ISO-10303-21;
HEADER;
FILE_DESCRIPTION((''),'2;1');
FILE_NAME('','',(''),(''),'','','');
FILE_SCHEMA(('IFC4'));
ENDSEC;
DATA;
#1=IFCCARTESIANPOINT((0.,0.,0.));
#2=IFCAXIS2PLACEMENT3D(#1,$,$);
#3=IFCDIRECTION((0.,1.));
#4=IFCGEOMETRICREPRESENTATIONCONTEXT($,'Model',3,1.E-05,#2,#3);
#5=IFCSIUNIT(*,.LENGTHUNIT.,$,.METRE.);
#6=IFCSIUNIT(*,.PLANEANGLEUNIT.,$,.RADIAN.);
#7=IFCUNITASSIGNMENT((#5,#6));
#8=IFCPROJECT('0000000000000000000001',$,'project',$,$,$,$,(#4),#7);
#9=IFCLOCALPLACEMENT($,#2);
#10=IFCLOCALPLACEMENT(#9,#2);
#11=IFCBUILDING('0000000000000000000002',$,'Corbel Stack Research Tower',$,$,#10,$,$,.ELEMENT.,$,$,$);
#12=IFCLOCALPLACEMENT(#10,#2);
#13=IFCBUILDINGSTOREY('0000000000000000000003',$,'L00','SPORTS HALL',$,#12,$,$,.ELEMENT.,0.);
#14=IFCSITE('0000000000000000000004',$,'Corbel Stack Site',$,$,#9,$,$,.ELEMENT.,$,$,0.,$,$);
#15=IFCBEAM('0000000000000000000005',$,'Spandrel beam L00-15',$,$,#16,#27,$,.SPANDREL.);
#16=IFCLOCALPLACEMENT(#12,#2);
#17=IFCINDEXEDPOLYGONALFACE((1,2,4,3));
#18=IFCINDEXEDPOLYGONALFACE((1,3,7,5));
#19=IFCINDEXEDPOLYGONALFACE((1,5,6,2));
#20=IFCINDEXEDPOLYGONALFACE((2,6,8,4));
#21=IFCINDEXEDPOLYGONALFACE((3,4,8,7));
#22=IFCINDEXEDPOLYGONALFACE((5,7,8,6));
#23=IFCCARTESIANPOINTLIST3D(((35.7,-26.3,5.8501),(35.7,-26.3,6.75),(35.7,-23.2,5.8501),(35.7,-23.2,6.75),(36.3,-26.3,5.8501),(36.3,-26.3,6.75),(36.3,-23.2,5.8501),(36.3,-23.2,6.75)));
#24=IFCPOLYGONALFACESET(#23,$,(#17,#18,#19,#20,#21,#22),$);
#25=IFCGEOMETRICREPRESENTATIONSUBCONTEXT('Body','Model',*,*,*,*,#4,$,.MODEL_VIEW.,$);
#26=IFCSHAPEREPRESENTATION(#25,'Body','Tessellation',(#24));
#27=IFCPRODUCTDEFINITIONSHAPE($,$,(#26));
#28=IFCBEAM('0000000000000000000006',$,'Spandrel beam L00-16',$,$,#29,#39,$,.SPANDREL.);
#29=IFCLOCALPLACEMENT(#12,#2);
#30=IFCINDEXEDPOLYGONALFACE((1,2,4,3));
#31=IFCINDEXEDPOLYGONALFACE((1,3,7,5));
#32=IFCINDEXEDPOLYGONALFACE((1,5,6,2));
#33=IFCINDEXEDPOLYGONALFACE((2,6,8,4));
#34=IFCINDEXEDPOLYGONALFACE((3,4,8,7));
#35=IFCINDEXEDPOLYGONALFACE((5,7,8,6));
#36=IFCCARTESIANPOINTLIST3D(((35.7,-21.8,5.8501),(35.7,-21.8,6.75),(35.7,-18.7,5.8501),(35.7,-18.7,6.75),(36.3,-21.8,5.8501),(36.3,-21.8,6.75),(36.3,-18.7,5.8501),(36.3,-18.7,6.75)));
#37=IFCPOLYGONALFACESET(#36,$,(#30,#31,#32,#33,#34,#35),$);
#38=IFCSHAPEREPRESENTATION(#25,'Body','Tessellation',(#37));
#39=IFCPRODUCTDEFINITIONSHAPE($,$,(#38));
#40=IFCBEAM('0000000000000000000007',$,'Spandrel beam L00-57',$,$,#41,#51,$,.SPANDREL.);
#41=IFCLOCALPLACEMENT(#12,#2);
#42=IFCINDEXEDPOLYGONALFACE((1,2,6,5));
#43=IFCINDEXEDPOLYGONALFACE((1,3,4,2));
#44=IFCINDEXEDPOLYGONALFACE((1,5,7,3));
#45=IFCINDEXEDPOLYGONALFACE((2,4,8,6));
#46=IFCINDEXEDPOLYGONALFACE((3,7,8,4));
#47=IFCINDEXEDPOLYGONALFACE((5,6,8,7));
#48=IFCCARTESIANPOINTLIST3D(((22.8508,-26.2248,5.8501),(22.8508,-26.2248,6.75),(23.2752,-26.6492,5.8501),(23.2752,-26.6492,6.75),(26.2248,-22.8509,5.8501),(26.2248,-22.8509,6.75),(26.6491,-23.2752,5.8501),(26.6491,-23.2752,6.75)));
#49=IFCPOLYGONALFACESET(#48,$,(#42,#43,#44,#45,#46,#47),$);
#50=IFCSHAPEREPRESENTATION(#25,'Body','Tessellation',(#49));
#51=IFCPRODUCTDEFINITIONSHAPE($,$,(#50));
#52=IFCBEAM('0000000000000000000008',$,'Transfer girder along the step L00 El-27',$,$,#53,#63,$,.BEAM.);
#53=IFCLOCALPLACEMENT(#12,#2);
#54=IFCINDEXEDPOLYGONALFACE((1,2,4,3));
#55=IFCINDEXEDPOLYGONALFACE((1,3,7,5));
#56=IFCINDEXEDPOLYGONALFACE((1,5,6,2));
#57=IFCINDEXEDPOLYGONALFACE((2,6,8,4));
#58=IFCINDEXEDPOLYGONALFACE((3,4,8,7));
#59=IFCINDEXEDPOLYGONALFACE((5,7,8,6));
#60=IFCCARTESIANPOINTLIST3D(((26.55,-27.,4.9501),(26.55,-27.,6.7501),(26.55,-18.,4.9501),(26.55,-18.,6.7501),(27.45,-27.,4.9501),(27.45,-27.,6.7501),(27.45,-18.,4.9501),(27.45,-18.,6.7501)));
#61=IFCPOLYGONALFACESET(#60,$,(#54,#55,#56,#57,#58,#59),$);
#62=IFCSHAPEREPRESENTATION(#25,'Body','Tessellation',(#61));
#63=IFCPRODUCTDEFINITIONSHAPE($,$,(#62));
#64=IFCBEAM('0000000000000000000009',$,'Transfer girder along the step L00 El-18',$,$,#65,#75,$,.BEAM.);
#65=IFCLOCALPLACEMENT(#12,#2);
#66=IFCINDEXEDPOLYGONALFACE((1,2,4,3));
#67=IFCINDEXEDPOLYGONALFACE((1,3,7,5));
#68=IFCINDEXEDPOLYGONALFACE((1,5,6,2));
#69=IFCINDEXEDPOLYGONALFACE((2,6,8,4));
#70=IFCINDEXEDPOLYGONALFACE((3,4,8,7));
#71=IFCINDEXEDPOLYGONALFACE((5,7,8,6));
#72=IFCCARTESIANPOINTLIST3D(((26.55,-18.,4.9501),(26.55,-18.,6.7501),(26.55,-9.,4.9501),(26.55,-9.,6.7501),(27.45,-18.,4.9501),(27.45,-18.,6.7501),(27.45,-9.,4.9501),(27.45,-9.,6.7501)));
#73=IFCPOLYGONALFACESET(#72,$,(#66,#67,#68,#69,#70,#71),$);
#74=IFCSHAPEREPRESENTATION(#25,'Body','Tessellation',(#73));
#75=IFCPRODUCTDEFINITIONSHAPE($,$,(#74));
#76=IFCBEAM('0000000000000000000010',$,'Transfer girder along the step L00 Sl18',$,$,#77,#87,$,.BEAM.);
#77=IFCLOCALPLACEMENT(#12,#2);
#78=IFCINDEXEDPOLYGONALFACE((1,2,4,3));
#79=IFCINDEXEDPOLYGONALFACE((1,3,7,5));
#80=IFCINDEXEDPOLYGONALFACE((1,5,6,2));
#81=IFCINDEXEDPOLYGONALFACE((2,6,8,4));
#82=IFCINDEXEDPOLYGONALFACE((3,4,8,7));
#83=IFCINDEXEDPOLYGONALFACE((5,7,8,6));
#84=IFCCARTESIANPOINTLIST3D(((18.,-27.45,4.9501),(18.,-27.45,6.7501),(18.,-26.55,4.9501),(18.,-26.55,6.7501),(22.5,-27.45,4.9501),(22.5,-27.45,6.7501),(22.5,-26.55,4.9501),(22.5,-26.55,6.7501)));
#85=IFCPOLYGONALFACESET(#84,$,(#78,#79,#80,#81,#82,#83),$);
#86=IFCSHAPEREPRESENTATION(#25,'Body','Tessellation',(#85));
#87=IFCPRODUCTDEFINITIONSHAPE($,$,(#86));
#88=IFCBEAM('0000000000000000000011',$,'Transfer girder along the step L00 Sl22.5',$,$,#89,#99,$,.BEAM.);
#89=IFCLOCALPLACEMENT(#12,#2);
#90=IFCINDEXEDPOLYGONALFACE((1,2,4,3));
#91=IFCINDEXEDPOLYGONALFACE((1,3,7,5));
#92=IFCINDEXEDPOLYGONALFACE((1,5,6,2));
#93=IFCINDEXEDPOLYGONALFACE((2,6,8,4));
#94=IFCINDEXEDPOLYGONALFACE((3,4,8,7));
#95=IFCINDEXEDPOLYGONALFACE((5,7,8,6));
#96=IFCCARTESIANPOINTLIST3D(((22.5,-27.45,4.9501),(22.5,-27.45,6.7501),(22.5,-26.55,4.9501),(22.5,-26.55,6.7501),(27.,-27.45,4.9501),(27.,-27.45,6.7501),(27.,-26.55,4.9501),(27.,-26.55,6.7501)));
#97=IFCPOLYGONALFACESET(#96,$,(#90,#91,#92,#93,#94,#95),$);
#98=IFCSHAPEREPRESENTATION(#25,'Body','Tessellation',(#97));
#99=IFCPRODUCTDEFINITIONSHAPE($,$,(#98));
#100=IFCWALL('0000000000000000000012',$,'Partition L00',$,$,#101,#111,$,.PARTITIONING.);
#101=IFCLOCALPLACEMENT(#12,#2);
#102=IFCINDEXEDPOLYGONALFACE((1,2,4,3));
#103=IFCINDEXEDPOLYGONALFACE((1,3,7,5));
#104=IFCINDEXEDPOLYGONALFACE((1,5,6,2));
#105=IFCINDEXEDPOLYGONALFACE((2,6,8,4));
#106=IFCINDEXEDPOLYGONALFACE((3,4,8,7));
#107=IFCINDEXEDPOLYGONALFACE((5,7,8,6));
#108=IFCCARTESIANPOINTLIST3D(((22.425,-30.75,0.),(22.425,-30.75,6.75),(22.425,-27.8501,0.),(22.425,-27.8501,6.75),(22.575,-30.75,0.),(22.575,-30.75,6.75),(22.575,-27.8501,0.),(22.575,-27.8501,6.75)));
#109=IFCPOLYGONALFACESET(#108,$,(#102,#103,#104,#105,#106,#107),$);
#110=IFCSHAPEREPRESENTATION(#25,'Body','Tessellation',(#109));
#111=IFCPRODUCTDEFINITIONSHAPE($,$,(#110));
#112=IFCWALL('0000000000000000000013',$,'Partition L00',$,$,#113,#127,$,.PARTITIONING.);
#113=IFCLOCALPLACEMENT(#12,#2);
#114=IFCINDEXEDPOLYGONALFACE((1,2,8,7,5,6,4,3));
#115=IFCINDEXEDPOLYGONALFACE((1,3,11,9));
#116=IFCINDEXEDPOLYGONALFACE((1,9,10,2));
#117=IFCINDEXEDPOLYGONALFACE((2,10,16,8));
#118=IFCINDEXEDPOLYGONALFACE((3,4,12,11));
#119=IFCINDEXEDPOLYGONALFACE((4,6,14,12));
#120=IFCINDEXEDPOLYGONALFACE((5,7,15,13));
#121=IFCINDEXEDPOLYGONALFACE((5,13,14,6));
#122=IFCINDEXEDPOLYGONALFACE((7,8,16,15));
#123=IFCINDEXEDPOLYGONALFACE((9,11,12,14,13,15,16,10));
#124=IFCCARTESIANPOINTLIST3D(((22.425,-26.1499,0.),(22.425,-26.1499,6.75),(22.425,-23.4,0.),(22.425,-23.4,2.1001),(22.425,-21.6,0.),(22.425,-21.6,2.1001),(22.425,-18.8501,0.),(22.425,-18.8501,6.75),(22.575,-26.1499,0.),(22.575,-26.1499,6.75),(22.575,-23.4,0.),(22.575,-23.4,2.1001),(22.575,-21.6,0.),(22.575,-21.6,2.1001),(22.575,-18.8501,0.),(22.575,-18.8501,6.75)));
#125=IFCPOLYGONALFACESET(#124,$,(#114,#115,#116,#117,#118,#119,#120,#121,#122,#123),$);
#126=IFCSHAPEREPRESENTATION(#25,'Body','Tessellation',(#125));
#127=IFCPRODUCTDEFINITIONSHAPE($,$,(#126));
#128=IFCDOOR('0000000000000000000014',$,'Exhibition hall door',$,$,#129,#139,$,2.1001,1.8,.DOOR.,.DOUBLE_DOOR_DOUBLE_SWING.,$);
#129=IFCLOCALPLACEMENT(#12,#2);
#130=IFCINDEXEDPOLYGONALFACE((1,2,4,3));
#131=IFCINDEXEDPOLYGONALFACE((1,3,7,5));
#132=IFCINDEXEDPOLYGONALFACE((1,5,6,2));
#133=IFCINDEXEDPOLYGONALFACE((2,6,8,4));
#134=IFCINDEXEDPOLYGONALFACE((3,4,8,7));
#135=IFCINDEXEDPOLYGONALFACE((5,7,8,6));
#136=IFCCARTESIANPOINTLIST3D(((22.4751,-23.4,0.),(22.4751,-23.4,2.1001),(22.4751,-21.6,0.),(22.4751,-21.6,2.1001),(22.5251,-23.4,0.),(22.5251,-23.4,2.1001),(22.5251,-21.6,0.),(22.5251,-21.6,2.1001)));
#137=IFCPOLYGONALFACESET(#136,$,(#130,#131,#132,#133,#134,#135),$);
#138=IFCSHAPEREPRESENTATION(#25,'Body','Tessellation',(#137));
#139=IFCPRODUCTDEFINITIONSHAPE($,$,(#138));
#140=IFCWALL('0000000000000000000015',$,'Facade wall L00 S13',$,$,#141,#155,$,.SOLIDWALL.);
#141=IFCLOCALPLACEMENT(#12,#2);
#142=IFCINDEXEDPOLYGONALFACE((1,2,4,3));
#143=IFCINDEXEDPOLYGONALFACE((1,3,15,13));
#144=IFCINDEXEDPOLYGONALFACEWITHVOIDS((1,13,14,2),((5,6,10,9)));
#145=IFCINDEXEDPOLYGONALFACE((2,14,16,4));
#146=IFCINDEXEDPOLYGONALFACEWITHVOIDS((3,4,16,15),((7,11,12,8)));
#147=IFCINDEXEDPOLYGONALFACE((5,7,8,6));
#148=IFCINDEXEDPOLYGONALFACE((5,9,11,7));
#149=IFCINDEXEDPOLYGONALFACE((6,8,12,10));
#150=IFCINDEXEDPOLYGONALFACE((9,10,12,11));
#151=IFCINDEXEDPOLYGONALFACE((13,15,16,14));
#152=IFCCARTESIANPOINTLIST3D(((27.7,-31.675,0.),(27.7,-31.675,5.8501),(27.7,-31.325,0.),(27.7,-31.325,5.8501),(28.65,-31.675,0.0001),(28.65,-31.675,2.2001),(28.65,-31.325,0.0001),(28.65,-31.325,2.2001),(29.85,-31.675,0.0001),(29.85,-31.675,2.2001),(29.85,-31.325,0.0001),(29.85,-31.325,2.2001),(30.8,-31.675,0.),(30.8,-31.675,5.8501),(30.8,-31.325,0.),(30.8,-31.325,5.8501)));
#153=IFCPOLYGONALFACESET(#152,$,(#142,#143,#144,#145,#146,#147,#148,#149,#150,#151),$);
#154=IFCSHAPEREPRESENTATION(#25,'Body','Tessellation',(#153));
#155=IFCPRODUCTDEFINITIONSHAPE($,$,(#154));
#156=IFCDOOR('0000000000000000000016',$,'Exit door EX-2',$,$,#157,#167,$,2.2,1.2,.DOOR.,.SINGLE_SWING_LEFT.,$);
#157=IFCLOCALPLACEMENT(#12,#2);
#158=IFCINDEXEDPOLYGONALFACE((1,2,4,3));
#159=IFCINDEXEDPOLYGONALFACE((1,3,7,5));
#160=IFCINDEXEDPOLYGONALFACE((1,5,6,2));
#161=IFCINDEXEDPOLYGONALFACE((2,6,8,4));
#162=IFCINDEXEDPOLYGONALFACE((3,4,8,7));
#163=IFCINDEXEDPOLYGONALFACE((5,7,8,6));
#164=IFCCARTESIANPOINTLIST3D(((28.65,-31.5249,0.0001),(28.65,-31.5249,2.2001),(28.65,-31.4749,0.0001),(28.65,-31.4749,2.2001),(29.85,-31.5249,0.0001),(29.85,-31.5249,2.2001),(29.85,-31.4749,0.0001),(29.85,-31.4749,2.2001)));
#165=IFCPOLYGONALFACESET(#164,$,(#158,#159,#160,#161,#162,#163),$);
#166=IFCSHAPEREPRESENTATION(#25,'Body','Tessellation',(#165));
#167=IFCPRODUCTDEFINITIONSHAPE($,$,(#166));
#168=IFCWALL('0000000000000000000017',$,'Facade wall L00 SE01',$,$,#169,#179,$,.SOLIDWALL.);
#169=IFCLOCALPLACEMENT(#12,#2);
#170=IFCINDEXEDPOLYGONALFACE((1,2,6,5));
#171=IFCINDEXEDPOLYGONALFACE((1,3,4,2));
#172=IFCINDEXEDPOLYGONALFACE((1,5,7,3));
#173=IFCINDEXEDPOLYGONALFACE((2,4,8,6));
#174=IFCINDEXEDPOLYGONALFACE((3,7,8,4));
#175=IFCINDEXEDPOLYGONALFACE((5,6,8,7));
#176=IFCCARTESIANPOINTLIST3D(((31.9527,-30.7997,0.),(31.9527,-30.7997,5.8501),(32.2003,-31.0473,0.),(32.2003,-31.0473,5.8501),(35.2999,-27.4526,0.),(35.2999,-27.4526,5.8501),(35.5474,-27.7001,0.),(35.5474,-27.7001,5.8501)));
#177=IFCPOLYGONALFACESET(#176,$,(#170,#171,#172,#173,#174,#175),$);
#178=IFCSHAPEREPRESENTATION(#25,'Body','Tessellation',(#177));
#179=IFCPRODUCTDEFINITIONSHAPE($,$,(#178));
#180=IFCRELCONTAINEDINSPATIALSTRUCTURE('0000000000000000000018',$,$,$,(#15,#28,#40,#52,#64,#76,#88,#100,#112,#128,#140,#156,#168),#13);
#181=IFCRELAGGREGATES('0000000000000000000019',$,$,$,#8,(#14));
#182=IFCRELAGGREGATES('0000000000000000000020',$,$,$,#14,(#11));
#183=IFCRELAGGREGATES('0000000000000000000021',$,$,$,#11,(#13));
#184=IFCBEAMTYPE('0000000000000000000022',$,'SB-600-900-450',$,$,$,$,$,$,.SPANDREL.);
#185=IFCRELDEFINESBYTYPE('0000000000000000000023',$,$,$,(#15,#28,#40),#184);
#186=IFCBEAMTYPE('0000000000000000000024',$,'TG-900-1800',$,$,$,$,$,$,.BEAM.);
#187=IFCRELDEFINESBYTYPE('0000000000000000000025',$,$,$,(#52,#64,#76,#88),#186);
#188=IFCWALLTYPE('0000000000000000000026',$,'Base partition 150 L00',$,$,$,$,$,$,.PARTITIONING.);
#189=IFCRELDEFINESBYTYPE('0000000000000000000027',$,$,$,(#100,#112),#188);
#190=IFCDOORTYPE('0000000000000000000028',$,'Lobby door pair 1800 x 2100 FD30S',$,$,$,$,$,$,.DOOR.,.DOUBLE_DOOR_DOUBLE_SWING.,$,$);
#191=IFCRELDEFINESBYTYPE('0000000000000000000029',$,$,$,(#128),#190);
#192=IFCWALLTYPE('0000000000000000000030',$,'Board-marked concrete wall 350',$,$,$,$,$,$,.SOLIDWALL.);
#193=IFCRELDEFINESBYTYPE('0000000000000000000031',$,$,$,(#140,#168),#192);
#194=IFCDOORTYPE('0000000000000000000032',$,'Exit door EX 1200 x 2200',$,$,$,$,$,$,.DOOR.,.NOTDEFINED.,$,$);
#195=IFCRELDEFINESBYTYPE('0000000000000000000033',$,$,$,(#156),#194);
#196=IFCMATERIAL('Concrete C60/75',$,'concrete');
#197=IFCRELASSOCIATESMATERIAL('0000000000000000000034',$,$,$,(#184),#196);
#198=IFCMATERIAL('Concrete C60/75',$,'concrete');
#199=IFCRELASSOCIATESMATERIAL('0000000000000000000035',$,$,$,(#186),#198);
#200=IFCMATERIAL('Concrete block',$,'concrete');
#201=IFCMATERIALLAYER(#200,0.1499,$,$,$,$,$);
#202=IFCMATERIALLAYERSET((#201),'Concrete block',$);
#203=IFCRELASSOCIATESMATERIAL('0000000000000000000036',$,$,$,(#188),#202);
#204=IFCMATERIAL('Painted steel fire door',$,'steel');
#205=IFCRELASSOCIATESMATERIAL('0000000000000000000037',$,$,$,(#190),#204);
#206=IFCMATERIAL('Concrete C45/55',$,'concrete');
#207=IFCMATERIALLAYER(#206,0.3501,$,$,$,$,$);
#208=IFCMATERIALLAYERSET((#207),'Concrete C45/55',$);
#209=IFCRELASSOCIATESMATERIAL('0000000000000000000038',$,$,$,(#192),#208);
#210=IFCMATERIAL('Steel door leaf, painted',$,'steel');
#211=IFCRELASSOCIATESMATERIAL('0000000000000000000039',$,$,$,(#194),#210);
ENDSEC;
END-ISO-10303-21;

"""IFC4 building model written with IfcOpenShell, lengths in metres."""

from ifc_helpers import new_model, si_unit, direction, frame, frame_2d, origin, origin_2d, place, context, subcontext, project, spatial, rectangle, extrude, material, layer, layer_set, material_profile, profile_set, type_object, element, fill, save


model = new_model("IFC4")

# Units and contexts
model_context = context("Model", 3, precision=1e-05, world=origin(), true_north=direction((0.0, 1.0)))
body_context = subcontext(model_context, "Body", "Model", "MODEL_VIEW")
ifc_project = project(units=[si_unit("LENGTHUNIT", "METRE"), si_unit("PLANEANGLEUNIT", "RADIAN")], contexts=[model_context])

# Site, building, storey
site_placement = place(None, origin())
site = spatial("IfcSite", under=ifc_project, at=site_placement, Name="Corbel Stack Site", CompositionType="ELEMENT", RefElevation=0.0)
building_placement = place(site_placement, origin())
building = spatial("IfcBuilding", under=site, at=building_placement, Name="Corbel Stack Research Tower", CompositionType="ELEMENT")
storey_placement = place(building_placement, origin())
storey = spatial("IfcBuildingStorey", under=building, at=storey_placement, Name="L00", Description="SPORTS HALL", CompositionType="ELEMENT", Elevation=0.0)

# Beams
ifc_material_1 = material(Name="Concrete C60/75", Category="concrete")
ifc_material_profile_1 = material_profile(ifc_material_1, rectangle(XDim=0.6001, YDim=0.8999, at=origin_2d()), Name="RC 600 x 900")
ifc_profile_set_1 = profile_set([ifc_material_profile_1], Name="Concrete C60/75")
beam_type_1 = type_object("IfcBeamType", Name="SB-600-900-450", PredefinedType="SPANDREL", material=ifc_profile_set_1)
for number, where, z_axis, x_axis, name in (
    (1, (36.0, -26.3, 6.3), (0.0, 1.0, 0.0), (-1.0, 0.0, 0.0), "Spandrel beam L00-15"),
    (2, (36.0, -21.8, 6.3), (0.0, 1.0, 0.0), (-1.0, 0.0, 0.0), "Spandrel beam L00-16"),
):
    element("IfcBeam", number, at=place(storey_placement, frame(where, z_axis=z_axis, x_axis=x_axis)), inside=storey, type_object=beam_type_1, Name=name, PredefinedType="SPANDREL", context=body_context, shape_type="SweptSolid", body=[
        extrude(rectangle(XDim=0.6001, YDim=0.8999, at=origin_2d()), origin(), (0.0, 0.0, 1.0), 3.1001),
    ])
beam_1_placement = place(storey_placement, frame((23.063, -26.437, 6.3), z_axis=(0.707107, 0.707107, 0.0), x_axis=(-0.707107, 0.707107, 0.0)))
element("IfcBeam", 3, at=beam_1_placement, inside=storey, type_object=beam_type_1, Name="Spandrel beam L00-57", PredefinedType="SPANDREL", context=body_context, shape_type="SweptSolid", body=[
    extrude(rectangle(XDim=0.6001, YDim=0.8999, at=origin_2d()), origin(), (0.0, 0.0, 1.0), 4.7715),
])
ifc_material_2 = material(Name="Concrete C60/75", Category="concrete")
ifc_material_profile_2 = material_profile(ifc_material_2, rectangle(XDim=0.8999, YDim=1.8, at=origin_2d()), Name="RC 900 x 1800")
ifc_profile_set_2 = profile_set([ifc_material_profile_2], Name="Concrete C60/75")
beam_type_2 = type_object("IfcBeamType", Name="TG-900-1800", PredefinedType="BEAM", material=ifc_profile_set_2)
for number, where, z_axis, x_axis, name in (
    (4, (27.0, -27.0, 5.8501), (0.0, 1.0, 0.0), (-1.0, 0.0, 0.0), "Transfer girder along the step L00 El-27"),
    (5, (27.0, -18.0, 5.8501), (0.0, 1.0, 0.0), (-1.0, 0.0, 0.0), "Transfer girder along the step L00 El-18"),
):
    element("IfcBeam", number, at=place(storey_placement, frame(where, z_axis=z_axis, x_axis=x_axis)), inside=storey, type_object=beam_type_2, Name=name, PredefinedType="BEAM", context=body_context, shape_type="SweptSolid", body=[
        extrude(rectangle(XDim=0.8999, YDim=1.8, at=origin_2d()), origin(), (0.0, 0.0, 1.0), 9.0),
    ])
for number, where, z_axis, x_axis, name in (
    (6, (18.0, -27.0, 5.8501), (1.0, 0.0, 0.0), (0.0, 1.0, 0.0), "Transfer girder along the step L00 Sl18"),
    (7, (22.5, -27.0, 5.8501), (1.0, 0.0, 0.0), (0.0, 1.0, 0.0), "Transfer girder along the step L00 Sl22.5"),
):
    element("IfcBeam", number, at=place(storey_placement, frame(where, z_axis=z_axis, x_axis=x_axis)), inside=storey, type_object=beam_type_2, Name=name, PredefinedType="BEAM", context=body_context, shape_type="SweptSolid", body=[
        extrude(rectangle(XDim=0.8999, YDim=1.8, at=origin_2d()), origin(), (0.0, 0.0, 1.0), 4.5),
    ])

# Wall
ifc_material_3 = material(Name="Concrete block", Category="concrete")
ifc_layer_1 = layer(ifc_material_3, 0.1499)
ifc_layer_set_1 = layer_set([ifc_layer_1], Name="Concrete block")
wall_type_1 = type_object("IfcWallType", Name="Base partition 150 L00", PredefinedType="PARTITIONING", material=ifc_layer_set_1)
wall_1_placement = place(storey_placement, frame((22.5, -30.75, 0.0), z_axis=(0.0, 0.0, 1.0), x_axis=(0.0, 1.0, 0.0)))
element("IfcWall", 8, at=wall_1_placement, inside=storey, type_object=wall_type_1, Name="Partition L00", PredefinedType="PARTITIONING", context=body_context, shape_type="SweptSolid", body=[
    extrude(rectangle(XDim=2.8999, YDim=0.1499, at=frame_2d((1.45, 0.0))), origin(), (0.0, 0.0, 1.0), 6.75),
])

# Walls, openings, doors
wall_2_placement = place(storey_placement, frame((22.5, -26.1499, 0.0), z_axis=(0.0, 0.0, 1.0), x_axis=(0.0, 1.0, 0.0)))
wall_2 = element("IfcWall", 9, at=wall_2_placement, inside=storey, type_object=wall_type_1, Name="Partition L00", PredefinedType="PARTITIONING", context=body_context, shape_type="SweptSolid", body=[
    extrude(rectangle(XDim=7.2998, YDim=0.1499, at=frame_2d((3.6499, 0.0))), origin(), (0.0, 0.0, 1.0), 6.75),
])
opening_1_placement = place(wall_2_placement, frame((2.75, 0.0, 0.0)))
opening_1 = element("IfcOpeningElement", 10, at=opening_1_placement, cuts=wall_2, PredefinedType="OPENING", context=body_context, shape_type="SweptSolid", body=[
    extrude(rectangle(XDim=1.8, YDim=2.1001, at=frame_2d((0.8999, 1.05))), frame((0.0, 0.085, 0.0), z_axis=(0.0, -1.0, 0.0), x_axis=(1.0, 0.0, 0.0)), (0.0, 0.0, 1.0), 0.1699),
])
ifc_material_4 = material(Name="Painted steel fire door", Category="steel")
door_type_1 = type_object("IfcDoorType", Name="Lobby door pair 1800 x 2100 FD30S", OperationType="DOUBLE_DOOR_DOUBLE_SWING", PredefinedType="DOOR", material=ifc_material_4)
door_1_placement = place(opening_1_placement, origin())
door_1 = element("IfcDoor", 11, at=door_1_placement, inside=storey, type_object=door_type_1, Name="Exhibition hall door", OperationType="DOUBLE_DOOR_DOUBLE_SWING", OverallHeight=2.1001, OverallWidth=1.8, PredefinedType="DOOR", context=body_context, shape_type="SweptSolid", body=[
    extrude(rectangle(XDim=1.8, YDim=2.1001, at=frame_2d((0.8999, 1.05))), frame((0.0, 0.0249, 0.0), z_axis=(0.0, -1.0, 0.0), x_axis=(1.0, 0.0, 0.0)), (0.0, 0.0, 1.0), 0.05),
])
fill(opening_1, door_1)
ifc_material_5 = material(Name="Concrete C45/55", Category="concrete")
ifc_layer_2 = layer(ifc_material_5, 0.3501)
ifc_layer_set_2 = layer_set([ifc_layer_2], Name="Concrete C45/55")
wall_type_2 = type_object("IfcWallType", Name="Board-marked concrete wall 350", PredefinedType="SOLIDWALL", material=ifc_layer_set_2)
wall_3_placement = place(storey_placement, frame((30.8, -31.5, 0.0), z_axis=(0.0, 0.0, 1.0), x_axis=(-1.0, 0.0, 0.0)))
wall_3 = element("IfcWall", 12, at=wall_3_placement, inside=storey, type_object=wall_type_2, Name="Facade wall L00 S13", PredefinedType="SOLIDWALL", context=body_context, shape_type="SweptSolid", body=[
    extrude(rectangle(XDim=3.1001, YDim=0.3501, at=frame_2d((1.55, 0.0))), origin(), (0.0, 0.0, 1.0), 5.8501),
])
opening_2_placement = place(wall_3_placement, frame((0.95, 0.0, 0.0)))
opening_2 = element("IfcOpeningElement", 13, at=opening_2_placement, cuts=wall_3, PredefinedType="OPENING", context=body_context, shape_type="SweptSolid", body=[
    extrude(rectangle(XDim=1.2, YDim=2.2, at=frame_2d((0.6001, 1.1001))), frame((0.0, 0.1851, 0.0), z_axis=(0.0, -1.0, 0.0), x_axis=(1.0, 0.0, 0.0)), (0.0, 0.0, 1.0), 0.3701),
])
ifc_material_6 = material(Name="Steel door leaf, painted", Category="steel")
door_type_2 = type_object("IfcDoorType", Name="Exit door EX 1200 x 2200", OperationType="NOTDEFINED", PredefinedType="DOOR", material=ifc_material_6)
door_2_placement = place(opening_2_placement, origin())
door_2 = element("IfcDoor", 14, at=door_2_placement, inside=storey, type_object=door_type_2, Name="Exit door EX-2", OperationType="SINGLE_SWING_LEFT", OverallHeight=2.2, OverallWidth=1.2, PredefinedType="DOOR", context=body_context, shape_type="SweptSolid", body=[
    extrude(rectangle(XDim=1.2, YDim=2.2, at=frame_2d((0.6001, 1.1001))), frame((0.0, 0.0249, 0.0), z_axis=(0.0, -1.0, 0.0), x_axis=(1.0, 0.0, 0.0)), (0.0, 0.0, 1.0), 0.05),
])
fill(opening_2, door_2)

# Wall
wall_4_placement = place(storey_placement, frame((35.4236, -27.5764, 0.0), z_axis=(0.0, 0.0, 1.0), x_axis=(-0.707107, -0.707107, 0.0)))
element("IfcWall", 15, at=wall_4_placement, inside=storey, type_object=wall_type_2, Name="Facade wall L00 SE01", PredefinedType="SOLIDWALL", context=body_context, shape_type="SweptSolid", body=[
    extrude(rectangle(XDim=4.7336, YDim=0.3501, at=frame_2d((2.3667, 0.0))), origin(), (0.0, 0.0, 1.0), 5.8501),
])

save(model, "model.ifc")
